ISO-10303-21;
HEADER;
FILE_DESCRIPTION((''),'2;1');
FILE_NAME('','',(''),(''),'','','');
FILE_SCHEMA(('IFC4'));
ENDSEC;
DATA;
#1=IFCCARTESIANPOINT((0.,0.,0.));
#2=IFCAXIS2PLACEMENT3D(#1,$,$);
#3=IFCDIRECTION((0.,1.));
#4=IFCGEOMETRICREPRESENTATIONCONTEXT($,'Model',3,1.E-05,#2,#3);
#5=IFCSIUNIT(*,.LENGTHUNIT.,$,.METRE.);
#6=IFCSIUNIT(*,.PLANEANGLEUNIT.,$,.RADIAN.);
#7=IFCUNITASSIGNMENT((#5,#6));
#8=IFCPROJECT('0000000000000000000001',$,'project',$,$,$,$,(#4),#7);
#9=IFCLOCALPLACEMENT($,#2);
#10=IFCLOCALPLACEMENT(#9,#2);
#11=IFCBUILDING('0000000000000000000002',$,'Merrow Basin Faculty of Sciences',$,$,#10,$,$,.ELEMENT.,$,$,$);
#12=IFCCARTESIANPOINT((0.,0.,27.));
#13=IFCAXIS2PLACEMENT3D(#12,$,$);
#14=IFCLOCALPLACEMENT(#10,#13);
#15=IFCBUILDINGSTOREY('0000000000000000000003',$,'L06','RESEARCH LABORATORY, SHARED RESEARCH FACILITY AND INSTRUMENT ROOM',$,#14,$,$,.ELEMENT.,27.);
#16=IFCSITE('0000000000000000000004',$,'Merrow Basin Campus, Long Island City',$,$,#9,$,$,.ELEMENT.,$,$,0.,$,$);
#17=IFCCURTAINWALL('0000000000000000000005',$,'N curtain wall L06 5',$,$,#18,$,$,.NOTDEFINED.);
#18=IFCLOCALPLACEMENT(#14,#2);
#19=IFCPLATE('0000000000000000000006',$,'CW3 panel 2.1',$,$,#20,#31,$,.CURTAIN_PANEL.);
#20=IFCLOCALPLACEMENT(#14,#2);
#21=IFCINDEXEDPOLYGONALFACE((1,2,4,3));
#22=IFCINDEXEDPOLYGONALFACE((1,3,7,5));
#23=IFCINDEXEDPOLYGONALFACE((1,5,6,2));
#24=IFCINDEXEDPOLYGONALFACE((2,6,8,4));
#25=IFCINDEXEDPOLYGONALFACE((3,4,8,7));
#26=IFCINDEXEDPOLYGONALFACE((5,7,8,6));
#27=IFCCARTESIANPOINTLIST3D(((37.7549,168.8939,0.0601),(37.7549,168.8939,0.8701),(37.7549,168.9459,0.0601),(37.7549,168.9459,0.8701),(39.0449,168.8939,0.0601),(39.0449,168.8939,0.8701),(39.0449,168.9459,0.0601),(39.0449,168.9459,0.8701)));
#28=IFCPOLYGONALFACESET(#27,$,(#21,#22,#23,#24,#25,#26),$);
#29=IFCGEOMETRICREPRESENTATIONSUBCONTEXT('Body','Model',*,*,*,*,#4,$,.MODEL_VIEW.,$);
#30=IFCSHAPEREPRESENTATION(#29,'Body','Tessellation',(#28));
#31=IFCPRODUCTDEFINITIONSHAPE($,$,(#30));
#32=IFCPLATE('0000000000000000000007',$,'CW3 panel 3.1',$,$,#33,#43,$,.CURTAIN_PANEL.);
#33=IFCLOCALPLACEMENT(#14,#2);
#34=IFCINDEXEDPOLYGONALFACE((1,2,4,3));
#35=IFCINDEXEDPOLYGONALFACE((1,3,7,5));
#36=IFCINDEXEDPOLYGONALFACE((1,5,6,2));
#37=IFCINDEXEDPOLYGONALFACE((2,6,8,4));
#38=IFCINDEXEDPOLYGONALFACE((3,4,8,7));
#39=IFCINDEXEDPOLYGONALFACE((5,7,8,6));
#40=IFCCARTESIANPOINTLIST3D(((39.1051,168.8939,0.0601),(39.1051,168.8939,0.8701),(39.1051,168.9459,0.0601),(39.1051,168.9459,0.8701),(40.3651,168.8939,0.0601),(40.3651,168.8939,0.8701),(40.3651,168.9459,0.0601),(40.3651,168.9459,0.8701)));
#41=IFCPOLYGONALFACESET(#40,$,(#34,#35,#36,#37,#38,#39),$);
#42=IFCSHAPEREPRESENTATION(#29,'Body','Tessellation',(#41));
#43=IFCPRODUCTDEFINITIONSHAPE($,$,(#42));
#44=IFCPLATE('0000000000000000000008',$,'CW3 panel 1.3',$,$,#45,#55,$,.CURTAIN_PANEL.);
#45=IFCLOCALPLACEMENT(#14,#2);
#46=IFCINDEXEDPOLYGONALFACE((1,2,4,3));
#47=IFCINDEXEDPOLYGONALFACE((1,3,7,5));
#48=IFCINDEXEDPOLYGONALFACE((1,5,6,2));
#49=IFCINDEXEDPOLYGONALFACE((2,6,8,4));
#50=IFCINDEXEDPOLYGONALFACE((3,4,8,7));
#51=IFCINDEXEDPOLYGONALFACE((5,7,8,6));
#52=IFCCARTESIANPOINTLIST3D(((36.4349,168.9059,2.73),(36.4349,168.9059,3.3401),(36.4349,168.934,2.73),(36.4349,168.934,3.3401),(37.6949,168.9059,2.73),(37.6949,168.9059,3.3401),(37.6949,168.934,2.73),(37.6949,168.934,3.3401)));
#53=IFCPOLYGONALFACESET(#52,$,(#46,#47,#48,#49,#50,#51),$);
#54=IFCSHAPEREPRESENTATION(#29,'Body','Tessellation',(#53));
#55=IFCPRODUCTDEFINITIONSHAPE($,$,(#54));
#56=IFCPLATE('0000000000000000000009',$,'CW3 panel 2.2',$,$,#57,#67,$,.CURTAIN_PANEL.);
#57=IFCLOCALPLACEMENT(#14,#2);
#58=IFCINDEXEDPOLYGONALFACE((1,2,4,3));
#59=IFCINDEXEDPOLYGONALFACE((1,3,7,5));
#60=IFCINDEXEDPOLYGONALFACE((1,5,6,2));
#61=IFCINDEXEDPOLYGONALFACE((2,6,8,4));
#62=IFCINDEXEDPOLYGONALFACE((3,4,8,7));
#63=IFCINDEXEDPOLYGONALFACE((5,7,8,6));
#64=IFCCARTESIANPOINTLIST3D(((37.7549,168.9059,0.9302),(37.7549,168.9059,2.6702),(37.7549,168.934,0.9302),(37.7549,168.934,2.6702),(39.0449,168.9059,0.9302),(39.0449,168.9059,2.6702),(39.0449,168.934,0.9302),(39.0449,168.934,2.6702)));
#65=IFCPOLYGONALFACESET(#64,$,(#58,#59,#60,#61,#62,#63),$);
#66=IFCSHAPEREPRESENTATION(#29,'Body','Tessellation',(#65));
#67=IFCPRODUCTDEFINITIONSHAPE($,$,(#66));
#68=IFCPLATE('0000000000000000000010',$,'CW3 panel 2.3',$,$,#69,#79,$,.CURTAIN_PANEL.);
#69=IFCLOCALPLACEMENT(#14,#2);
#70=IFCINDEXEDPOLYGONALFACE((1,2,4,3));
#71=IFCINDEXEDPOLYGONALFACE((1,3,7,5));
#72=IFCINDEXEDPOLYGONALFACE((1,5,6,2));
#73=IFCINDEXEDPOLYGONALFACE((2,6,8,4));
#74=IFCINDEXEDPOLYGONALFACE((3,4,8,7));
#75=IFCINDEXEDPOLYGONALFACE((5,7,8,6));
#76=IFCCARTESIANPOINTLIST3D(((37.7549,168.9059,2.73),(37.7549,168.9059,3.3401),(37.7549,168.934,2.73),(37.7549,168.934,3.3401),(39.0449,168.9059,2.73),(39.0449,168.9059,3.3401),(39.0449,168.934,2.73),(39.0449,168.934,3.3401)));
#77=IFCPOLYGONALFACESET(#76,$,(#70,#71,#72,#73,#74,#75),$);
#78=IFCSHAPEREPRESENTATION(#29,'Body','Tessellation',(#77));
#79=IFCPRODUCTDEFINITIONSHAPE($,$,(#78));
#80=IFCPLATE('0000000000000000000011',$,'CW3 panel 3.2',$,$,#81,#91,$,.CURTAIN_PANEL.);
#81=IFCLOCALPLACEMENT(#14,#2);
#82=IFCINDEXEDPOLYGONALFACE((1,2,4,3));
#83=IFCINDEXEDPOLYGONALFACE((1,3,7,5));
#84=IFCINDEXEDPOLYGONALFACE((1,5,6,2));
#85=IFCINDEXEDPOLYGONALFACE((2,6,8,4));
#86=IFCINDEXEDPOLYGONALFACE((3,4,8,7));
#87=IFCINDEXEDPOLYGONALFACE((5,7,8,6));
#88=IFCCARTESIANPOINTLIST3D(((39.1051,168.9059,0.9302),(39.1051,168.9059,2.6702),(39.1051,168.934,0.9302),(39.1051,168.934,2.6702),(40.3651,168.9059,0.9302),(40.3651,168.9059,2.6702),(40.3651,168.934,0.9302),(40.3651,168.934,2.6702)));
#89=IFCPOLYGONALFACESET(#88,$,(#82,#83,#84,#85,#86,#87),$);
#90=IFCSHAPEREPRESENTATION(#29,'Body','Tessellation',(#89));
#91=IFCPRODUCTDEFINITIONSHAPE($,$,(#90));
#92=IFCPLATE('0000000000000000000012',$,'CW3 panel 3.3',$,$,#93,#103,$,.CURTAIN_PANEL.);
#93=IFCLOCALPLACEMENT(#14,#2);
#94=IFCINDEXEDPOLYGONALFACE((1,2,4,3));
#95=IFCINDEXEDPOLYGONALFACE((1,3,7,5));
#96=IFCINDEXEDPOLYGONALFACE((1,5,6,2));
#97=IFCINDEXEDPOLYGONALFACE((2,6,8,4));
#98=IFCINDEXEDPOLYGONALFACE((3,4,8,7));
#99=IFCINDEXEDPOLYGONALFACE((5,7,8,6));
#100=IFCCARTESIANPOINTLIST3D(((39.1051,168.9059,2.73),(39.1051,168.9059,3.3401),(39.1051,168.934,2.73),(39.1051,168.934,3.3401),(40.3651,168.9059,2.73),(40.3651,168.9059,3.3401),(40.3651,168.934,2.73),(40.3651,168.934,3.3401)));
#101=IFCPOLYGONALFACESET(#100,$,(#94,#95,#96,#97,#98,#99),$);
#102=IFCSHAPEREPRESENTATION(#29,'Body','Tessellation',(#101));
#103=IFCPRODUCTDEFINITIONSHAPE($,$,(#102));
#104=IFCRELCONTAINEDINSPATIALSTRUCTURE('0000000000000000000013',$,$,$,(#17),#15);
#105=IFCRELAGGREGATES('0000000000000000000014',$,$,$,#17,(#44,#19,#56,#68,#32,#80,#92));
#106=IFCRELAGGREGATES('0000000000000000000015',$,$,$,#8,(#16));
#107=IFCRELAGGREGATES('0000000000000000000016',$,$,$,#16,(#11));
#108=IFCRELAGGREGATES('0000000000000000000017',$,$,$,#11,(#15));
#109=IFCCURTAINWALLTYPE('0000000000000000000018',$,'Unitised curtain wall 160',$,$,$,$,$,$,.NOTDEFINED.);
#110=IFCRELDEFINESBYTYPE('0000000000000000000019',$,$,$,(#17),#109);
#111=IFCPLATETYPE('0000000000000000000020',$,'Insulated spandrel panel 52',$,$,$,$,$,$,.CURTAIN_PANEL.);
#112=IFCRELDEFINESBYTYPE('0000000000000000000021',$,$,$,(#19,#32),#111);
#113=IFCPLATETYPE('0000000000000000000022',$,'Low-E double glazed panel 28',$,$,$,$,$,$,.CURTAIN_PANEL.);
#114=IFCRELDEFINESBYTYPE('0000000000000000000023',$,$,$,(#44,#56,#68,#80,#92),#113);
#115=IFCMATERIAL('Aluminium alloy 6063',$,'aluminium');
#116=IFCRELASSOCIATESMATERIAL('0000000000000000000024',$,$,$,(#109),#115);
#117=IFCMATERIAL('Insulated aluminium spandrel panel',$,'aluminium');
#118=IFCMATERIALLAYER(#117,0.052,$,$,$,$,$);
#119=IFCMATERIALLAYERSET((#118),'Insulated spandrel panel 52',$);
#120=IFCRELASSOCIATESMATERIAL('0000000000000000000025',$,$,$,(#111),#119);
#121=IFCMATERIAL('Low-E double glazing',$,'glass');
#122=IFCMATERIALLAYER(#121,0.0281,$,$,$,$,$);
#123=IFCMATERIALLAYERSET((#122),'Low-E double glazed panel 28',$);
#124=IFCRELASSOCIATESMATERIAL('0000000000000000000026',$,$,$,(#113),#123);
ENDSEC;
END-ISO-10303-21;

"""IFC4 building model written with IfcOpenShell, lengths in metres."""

from ifc_helpers import new_model, si_unit, direction, frame, origin, origin_2d, place, context, subcontext, project, spatial, rectangle, extrude, material, layer, layer_set, type_object, element, aggregate, save


model = new_model("IFC4")

# Units and contexts
model_context = context("Model", 3, precision=1e-05, world=origin(), true_north=direction((0.0, 1.0)))
body_context = subcontext(model_context, "Body", "Model", "MODEL_VIEW")
ifc_project = project(units=[si_unit("LENGTHUNIT", "METRE"), si_unit("PLANEANGLEUNIT", "RADIAN")], contexts=[model_context])

# Site, building, storey
site_placement = place(None, origin())
site = spatial("IfcSite", under=ifc_project, at=site_placement, Name="Merrow Basin Campus, Long Island City", CompositionType="ELEMENT", RefElevation=0.0)
building_placement = place(site_placement, origin())
building = spatial("IfcBuilding", under=site, at=building_placement, Name="Merrow Basin Faculty of Sciences", CompositionType="ELEMENT")
storey_placement = place(building_placement, frame((0.0, 0.0, 27.0)))
storey = spatial("IfcBuildingStorey", under=building, at=storey_placement, Name="L06", Description="RESEARCH LABORATORY, SHARED RESEARCH FACILITY AND INSTRUMENT ROOM", CompositionType="ELEMENT", Elevation=27.0)

# Curtain wall
ifc_material_1 = material(Name="Aluminium alloy 6063", Category="aluminium")
curtain_wall_type = type_object("IfcCurtainWallType", Name="Unitised curtain wall 160", PredefinedType="NOTDEFINED", material=ifc_material_1)
curtain_wall_1_placement = place(storey_placement, origin())
curtain_wall_1 = element("IfcCurtainWall", 1, at=curtain_wall_1_placement, inside=storey, type_object=curtain_wall_type, Name="N curtain wall L06 5", PredefinedType="NOTDEFINED")

# Plates
ifc_material_2 = material(Name="Insulated aluminium spandrel panel", Category="aluminium")
ifc_layer_1 = layer(ifc_material_2, 0.052)
ifc_layer_set_1 = layer_set([ifc_layer_1], Name="Insulated spandrel panel 52")
plate_type_1 = type_object("IfcPlateType", Name="Insulated spandrel panel 52", PredefinedType="CURTAIN_PANEL", material=ifc_layer_set_1)
plate_1_placement = place(storey_placement, frame((38.3999, 168.9199, 0.0601), z_axis=(0.0, 0.0, 1.0), x_axis=(1.0, 0.0, 0.0)))
plate_1 = element("IfcPlate", 2, at=plate_1_placement, type_object=plate_type_1, Name="CW3 panel 2.1", PredefinedType="CURTAIN_PANEL", context=body_context, shape_type="SweptSolid", body=[
    extrude(rectangle(XDim=1.29, YDim=0.052, at=origin_2d()), origin(), (0.0, 0.0, 1.0), 0.8101),
])
plate_2_placement = place(storey_placement, frame((39.7351, 168.9199, 0.0601), z_axis=(0.0, 0.0, 1.0), x_axis=(1.0, 0.0, 0.0)))
plate_2 = element("IfcPlate", 3, at=plate_2_placement, type_object=plate_type_1, Name="CW3 panel 3.1", PredefinedType="CURTAIN_PANEL", context=body_context, shape_type="SweptSolid", body=[
    extrude(rectangle(XDim=1.26, YDim=0.052, at=origin_2d()), origin(), (0.0, 0.0, 1.0), 0.8101),
])
ifc_material_3 = material(Name="Low-E double glazing", Category="glass")
ifc_layer_2 = layer(ifc_material_3, 0.0281)
ifc_layer_set_2 = layer_set([ifc_layer_2], Name="Low-E double glazed panel 28")
plate_type_2 = type_object("IfcPlateType", Name="Low-E double glazed panel 28", PredefinedType="CURTAIN_PANEL", material=ifc_layer_set_2)
plate_3_placement = place(storey_placement, frame((37.0649, 168.9199, 2.73), z_axis=(0.0, 0.0, 1.0), x_axis=(1.0, 0.0, 0.0)))
plate_3 = element("IfcPlate", 4, at=plate_3_placement, type_object=plate_type_2, Name="CW3 panel 1.3", PredefinedType="CURTAIN_PANEL", context=body_context, shape_type="SweptSolid", body=[
    extrude(rectangle(XDim=1.26, YDim=0.0281, at=origin_2d()), origin(), (0.0, 0.0, 1.0), 0.6101),
])
plate_4_placement = place(storey_placement, frame((38.3999, 168.9199, 0.9302), z_axis=(0.0, 0.0, 1.0), x_axis=(1.0, 0.0, 0.0)))
plate_4 = element("IfcPlate", 5, at=plate_4_placement, type_object=plate_type_2, Name="CW3 panel 2.2", PredefinedType="CURTAIN_PANEL", context=body_context, shape_type="SweptSolid", body=[
    extrude(rectangle(XDim=1.29, YDim=0.0281, at=origin_2d()), origin(), (0.0, 0.0, 1.0), 1.74),
])
plate_5_placement = place(storey_placement, frame((38.3999, 168.9199, 2.73), z_axis=(0.0, 0.0, 1.0), x_axis=(1.0, 0.0, 0.0)))
plate_5 = element("IfcPlate", 6, at=plate_5_placement, type_object=plate_type_2, Name="CW3 panel 2.3", PredefinedType="CURTAIN_PANEL", context=body_context, shape_type="SweptSolid", body=[
    extrude(rectangle(XDim=1.29, YDim=0.0281, at=origin_2d()), origin(), (0.0, 0.0, 1.0), 0.6101),
])
plate_6_placement = place(storey_placement, frame((39.7351, 168.9199, 0.9302), z_axis=(0.0, 0.0, 1.0), x_axis=(1.0, 0.0, 0.0)))
plate_6 = element("IfcPlate", 7, at=plate_6_placement, type_object=plate_type_2, Name="CW3 panel 3.2", PredefinedType="CURTAIN_PANEL", context=body_context, shape_type="SweptSolid", body=[
    extrude(rectangle(XDim=1.26, YDim=0.0281, at=origin_2d()), origin(), (0.0, 0.0, 1.0), 1.74),
])
plate_7_placement = place(storey_placement, frame((39.7351, 168.9199, 2.73), z_axis=(0.0, 0.0, 1.0), x_axis=(1.0, 0.0, 0.0)))
plate_7 = element("IfcPlate", 8, at=plate_7_placement, type_object=plate_type_2, Name="CW3 panel 3.3", PredefinedType="CURTAIN_PANEL", context=body_context, shape_type="SweptSolid", body=[
    extrude(rectangle(XDim=1.26, YDim=0.0281, at=origin_2d()), origin(), (0.0, 0.0, 1.0), 0.6101),
])
aggregate(curtain_wall_1, [plate_3, plate_1, plate_4, plate_5, plate_2, plate_6, plate_7])

save(model, "model.ifc")
